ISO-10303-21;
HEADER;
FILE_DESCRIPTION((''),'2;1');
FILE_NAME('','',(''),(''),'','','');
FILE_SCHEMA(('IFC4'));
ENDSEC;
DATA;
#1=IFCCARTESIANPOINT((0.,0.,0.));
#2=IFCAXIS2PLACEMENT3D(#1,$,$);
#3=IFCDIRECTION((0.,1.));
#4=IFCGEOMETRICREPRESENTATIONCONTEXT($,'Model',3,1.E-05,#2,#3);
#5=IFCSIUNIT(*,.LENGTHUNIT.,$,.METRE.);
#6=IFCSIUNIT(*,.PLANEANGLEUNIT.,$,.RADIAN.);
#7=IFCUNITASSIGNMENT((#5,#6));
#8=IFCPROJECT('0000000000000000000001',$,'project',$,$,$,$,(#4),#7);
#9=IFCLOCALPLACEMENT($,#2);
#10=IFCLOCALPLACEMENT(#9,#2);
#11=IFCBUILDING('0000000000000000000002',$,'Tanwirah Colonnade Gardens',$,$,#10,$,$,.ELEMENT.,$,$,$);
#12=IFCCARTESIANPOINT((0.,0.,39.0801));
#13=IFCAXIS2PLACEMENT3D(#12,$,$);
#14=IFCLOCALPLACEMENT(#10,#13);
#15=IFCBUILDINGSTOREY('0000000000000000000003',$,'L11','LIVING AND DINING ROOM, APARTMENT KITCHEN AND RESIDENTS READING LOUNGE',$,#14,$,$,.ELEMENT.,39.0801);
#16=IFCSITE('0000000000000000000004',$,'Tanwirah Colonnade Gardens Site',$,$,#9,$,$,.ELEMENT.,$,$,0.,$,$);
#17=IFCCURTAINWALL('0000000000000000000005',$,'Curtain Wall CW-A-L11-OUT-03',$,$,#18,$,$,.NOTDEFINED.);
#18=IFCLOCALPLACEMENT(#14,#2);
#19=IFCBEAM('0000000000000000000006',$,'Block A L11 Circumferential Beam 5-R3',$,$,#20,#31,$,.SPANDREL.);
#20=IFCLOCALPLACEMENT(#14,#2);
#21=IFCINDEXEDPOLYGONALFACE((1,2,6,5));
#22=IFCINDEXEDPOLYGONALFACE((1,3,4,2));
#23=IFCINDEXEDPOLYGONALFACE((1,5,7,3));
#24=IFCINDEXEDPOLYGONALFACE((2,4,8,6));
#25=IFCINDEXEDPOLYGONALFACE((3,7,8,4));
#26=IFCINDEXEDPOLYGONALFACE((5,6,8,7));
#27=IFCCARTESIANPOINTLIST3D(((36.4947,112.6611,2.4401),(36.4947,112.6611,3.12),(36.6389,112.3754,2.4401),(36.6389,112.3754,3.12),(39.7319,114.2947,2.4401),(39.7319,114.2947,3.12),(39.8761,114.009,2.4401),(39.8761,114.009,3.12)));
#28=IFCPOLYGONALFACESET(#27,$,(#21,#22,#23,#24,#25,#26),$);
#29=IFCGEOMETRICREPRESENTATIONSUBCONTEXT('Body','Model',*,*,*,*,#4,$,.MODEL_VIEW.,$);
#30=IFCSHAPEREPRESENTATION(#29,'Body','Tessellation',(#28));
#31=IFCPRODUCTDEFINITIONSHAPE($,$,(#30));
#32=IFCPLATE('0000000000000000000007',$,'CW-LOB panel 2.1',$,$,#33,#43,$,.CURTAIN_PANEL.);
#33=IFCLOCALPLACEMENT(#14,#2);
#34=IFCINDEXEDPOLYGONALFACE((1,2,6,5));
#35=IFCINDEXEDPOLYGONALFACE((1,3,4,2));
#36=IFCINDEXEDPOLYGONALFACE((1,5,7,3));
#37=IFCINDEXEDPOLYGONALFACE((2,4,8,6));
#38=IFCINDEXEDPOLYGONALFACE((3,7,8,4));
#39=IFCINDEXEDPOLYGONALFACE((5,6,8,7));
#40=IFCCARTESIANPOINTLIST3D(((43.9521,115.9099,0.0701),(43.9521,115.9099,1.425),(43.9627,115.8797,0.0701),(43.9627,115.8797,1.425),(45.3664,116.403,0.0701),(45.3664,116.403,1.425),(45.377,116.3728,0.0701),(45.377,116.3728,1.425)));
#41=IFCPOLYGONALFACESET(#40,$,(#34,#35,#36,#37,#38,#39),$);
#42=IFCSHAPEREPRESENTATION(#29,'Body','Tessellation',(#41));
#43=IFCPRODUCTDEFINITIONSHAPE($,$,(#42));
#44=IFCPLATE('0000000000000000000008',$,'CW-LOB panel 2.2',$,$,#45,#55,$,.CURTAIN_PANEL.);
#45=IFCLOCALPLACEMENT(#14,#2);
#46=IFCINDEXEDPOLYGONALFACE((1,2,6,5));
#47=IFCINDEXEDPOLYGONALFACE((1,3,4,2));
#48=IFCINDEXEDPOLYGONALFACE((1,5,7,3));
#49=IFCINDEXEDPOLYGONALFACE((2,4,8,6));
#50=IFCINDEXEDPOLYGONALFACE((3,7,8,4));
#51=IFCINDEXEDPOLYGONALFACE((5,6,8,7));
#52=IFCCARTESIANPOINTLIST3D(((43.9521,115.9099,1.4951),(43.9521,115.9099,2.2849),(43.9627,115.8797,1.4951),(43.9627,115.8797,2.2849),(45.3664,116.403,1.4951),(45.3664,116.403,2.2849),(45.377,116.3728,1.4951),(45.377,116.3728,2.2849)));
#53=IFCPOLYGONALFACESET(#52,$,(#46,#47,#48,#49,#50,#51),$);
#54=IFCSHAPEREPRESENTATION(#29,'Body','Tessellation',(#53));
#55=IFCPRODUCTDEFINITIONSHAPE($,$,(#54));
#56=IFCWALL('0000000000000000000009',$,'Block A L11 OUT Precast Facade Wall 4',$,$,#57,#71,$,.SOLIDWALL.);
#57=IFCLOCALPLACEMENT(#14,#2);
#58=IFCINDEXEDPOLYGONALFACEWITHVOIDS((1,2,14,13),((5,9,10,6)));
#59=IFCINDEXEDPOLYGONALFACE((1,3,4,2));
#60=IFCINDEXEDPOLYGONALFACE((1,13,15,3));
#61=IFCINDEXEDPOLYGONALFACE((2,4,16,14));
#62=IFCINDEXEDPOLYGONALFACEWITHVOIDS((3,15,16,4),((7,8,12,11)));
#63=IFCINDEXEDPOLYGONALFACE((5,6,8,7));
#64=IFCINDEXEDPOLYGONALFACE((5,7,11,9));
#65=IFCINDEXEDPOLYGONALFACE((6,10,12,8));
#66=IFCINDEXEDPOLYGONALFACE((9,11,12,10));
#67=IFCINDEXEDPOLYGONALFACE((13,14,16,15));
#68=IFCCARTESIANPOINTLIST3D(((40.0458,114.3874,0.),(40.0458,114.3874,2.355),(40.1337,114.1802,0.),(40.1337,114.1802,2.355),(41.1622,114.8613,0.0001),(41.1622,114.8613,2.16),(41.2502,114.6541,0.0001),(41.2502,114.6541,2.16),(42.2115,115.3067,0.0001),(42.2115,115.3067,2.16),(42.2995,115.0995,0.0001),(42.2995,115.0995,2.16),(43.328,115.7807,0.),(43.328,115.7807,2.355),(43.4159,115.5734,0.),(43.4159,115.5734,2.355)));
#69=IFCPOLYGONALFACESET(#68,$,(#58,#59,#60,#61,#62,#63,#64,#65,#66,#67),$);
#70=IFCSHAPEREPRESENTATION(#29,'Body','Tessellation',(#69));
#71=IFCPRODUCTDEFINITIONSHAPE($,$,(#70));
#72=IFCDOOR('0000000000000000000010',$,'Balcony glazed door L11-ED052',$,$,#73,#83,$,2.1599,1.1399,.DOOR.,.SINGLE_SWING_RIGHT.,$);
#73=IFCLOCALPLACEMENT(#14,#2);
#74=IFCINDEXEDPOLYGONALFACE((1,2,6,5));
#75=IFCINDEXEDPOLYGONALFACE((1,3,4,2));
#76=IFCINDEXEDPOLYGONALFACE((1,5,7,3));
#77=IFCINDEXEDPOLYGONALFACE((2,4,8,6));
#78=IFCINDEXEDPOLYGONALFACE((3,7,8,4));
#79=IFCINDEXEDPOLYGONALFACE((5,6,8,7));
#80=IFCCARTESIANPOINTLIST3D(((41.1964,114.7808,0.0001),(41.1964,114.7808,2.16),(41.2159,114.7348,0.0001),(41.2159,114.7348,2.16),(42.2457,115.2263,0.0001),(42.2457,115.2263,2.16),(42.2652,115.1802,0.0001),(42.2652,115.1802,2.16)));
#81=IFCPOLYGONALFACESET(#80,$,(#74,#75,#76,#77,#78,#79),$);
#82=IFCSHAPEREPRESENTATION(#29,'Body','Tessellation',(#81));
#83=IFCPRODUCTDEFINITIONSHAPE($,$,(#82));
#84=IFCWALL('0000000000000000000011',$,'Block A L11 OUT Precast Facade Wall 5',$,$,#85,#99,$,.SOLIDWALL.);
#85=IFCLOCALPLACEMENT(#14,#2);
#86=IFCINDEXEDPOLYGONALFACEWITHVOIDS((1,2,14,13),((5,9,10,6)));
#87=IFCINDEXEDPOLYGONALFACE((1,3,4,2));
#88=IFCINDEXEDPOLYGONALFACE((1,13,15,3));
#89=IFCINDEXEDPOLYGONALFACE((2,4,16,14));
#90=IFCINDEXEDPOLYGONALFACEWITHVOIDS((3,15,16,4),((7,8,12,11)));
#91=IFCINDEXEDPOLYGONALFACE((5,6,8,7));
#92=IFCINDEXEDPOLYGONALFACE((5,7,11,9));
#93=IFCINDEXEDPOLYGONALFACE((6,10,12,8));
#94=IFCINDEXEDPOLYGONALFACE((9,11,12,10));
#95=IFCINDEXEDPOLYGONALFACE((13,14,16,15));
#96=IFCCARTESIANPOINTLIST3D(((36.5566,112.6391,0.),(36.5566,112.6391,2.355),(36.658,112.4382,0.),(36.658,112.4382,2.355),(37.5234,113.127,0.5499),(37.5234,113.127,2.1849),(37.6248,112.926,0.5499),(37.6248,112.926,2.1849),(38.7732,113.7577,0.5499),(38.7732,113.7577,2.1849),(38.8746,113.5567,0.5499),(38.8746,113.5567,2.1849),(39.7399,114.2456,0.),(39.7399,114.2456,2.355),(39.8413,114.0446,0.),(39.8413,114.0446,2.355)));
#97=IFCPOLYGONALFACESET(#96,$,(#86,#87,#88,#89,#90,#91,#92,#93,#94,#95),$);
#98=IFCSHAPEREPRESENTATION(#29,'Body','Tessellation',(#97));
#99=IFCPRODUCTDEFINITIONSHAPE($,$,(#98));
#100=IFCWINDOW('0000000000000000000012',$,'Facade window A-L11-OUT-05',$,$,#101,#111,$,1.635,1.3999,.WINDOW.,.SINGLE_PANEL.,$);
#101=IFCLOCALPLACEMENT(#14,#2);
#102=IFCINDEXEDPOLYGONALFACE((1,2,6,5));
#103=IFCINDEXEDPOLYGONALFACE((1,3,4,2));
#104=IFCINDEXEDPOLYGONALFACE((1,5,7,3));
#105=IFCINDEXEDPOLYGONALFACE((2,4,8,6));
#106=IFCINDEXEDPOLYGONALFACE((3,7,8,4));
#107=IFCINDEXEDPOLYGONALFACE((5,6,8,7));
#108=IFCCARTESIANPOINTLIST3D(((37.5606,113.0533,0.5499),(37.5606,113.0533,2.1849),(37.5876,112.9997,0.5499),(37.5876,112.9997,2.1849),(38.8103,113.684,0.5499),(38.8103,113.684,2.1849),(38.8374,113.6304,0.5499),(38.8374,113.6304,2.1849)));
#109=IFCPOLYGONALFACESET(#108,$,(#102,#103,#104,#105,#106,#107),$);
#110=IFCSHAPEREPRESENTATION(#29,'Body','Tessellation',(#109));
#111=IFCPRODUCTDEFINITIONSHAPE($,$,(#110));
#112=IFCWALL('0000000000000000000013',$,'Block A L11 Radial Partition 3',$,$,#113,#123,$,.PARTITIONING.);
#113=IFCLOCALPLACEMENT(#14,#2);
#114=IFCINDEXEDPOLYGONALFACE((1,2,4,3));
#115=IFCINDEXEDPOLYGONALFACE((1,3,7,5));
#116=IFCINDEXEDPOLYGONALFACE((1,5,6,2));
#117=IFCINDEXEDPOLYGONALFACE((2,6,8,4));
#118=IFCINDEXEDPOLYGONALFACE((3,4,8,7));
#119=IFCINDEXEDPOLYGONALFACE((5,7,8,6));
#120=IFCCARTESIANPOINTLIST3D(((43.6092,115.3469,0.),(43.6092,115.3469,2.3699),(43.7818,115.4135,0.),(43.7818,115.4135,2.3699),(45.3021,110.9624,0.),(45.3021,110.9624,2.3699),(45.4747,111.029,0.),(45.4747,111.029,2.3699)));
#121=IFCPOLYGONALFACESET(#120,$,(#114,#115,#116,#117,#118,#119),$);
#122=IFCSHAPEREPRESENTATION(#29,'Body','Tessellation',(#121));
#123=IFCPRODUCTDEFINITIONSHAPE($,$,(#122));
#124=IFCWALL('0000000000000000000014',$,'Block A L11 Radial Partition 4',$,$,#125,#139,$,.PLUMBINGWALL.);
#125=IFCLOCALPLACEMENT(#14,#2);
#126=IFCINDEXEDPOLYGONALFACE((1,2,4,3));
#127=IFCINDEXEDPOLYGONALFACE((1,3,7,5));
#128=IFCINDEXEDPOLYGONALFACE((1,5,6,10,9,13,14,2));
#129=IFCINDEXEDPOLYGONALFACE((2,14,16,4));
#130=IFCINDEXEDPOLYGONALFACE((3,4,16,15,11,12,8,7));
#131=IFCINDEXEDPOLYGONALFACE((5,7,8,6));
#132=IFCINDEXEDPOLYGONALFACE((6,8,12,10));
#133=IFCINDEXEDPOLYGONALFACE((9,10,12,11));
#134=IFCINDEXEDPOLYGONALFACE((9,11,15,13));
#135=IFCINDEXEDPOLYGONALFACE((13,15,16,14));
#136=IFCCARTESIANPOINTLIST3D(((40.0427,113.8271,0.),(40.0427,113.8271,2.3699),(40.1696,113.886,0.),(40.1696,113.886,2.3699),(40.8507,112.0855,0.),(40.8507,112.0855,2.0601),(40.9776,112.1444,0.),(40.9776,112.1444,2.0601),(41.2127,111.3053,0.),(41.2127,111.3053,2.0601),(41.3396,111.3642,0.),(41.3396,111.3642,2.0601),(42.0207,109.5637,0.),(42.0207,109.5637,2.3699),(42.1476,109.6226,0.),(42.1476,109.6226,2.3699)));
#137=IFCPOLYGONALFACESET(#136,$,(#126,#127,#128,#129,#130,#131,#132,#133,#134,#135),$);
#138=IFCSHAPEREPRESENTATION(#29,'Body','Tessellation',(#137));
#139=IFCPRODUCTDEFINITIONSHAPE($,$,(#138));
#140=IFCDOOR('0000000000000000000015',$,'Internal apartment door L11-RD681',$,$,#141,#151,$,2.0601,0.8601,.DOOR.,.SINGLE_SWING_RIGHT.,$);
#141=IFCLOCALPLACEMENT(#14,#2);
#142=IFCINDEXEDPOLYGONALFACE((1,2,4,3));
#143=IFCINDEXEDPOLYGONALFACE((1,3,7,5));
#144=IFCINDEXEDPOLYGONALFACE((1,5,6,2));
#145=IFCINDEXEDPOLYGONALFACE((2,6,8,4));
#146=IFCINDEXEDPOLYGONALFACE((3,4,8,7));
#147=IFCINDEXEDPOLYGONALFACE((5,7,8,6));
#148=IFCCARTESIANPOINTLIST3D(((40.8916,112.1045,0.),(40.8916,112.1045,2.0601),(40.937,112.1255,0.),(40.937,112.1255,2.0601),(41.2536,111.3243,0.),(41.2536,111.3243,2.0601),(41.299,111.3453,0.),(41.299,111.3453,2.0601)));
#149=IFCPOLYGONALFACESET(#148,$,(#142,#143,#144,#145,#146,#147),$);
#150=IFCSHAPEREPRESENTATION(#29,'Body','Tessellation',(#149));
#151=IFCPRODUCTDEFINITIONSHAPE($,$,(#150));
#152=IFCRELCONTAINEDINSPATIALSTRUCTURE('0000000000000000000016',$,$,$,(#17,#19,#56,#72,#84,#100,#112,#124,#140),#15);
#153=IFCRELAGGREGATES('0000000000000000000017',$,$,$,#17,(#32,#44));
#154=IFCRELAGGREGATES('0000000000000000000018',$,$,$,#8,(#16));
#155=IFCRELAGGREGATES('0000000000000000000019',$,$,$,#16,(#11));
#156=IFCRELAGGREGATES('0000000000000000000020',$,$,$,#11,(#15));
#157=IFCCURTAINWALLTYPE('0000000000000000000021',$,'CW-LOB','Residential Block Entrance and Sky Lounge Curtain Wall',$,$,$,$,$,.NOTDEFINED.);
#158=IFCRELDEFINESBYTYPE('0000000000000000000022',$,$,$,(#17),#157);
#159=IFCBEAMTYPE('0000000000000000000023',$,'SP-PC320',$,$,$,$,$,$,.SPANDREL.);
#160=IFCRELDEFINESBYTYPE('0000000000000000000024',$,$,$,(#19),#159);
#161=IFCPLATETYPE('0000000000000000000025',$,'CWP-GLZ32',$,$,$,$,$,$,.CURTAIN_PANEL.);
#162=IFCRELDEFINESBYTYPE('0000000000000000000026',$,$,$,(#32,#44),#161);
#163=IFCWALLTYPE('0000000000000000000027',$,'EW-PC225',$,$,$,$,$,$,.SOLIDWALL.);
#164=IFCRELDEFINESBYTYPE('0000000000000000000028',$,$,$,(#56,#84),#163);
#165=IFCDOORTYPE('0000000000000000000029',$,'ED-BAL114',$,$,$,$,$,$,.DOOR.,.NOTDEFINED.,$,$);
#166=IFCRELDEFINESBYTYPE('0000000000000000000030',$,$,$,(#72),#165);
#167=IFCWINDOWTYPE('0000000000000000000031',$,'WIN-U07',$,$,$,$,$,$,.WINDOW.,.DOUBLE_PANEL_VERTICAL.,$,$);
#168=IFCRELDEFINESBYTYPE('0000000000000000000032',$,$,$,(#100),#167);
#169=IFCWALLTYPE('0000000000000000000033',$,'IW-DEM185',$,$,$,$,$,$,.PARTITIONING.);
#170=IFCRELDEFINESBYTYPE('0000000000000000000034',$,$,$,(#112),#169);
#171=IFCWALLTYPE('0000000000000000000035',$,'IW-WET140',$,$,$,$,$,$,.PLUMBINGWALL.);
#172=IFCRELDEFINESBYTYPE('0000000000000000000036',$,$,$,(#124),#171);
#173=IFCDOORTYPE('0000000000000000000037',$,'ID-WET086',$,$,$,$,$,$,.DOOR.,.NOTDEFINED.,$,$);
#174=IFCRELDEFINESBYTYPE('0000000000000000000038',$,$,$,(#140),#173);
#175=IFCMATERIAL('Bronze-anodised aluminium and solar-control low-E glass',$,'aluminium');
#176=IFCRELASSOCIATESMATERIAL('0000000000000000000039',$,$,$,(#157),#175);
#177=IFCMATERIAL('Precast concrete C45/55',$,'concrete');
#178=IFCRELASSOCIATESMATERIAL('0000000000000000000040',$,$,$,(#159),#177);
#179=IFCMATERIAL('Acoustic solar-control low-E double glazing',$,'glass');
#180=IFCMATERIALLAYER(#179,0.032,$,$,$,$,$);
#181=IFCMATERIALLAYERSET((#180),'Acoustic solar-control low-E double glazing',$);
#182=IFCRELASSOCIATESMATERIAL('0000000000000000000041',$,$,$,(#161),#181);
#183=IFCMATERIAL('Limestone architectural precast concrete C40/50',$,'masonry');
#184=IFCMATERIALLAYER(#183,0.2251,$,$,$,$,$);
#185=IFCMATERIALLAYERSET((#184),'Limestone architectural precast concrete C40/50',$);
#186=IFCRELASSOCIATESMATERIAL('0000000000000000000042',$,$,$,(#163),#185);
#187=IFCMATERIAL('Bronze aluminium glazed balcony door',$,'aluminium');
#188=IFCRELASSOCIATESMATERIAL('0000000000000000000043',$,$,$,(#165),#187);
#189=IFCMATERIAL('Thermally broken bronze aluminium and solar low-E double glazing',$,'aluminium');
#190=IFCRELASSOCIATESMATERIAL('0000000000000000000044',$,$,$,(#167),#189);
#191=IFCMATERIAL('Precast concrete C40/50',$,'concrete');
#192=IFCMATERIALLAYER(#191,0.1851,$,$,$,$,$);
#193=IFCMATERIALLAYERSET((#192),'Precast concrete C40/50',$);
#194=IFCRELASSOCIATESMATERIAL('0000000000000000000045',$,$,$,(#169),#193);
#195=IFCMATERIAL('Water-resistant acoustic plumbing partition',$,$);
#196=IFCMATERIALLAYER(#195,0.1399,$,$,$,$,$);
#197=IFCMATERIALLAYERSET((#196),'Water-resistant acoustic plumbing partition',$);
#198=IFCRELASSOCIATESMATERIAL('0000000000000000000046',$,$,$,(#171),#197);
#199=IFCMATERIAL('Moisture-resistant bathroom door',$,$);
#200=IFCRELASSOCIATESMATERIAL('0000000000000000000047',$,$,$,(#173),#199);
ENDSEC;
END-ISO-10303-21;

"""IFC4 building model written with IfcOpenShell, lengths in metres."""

from ifc_helpers import new_model, si_unit, direction, frame, frame_2d, origin, origin_2d, place, context, subcontext, project, spatial, rectangle, extrude, material, layer, layer_set, material_profile, profile_set, type_object, element, fill, aggregate, save


model = new_model("IFC4")

# Units and contexts
model_context = context("Model", 3, precision=1e-05, world=origin(), true_north=direction((0.0, 1.0)))
body_context = subcontext(model_context, "Body", "Model", "MODEL_VIEW")
ifc_project = project(units=[si_unit("LENGTHUNIT", "METRE"), si_unit("PLANEANGLEUNIT", "RADIAN")], contexts=[model_context])

# Site, building, storey
site_placement = place(None, origin())
site = spatial("IfcSite", under=ifc_project, at=site_placement, Name="Tanwirah Colonnade Gardens Site", CompositionType="ELEMENT", RefElevation=0.0)
building_placement = place(site_placement, origin())
building = spatial("IfcBuilding", under=site, at=building_placement, Name="Tanwirah Colonnade Gardens", CompositionType="ELEMENT")
storey_placement = place(building_placement, frame((0.0, 0.0, 39.0801)))
storey = spatial("IfcBuildingStorey", under=building, at=storey_placement, Name="L11", Description="LIVING AND DINING ROOM, APARTMENT KITCHEN AND RESIDENTS READING LOUNGE", CompositionType="ELEMENT", Elevation=39.0801)

# Shared definitions
ifc_material_1 = material(Name="Precast concrete C40/50", Category="concrete")

# Shared definitions
ifc_material_2 = material(Name="Precast concrete C45/55", Category="concrete")

# Curtain wall
ifc_material_3 = material(Name="Bronze-anodised aluminium and solar-control low-E glass", Category="aluminium")
curtain_wall_type = type_object("IfcCurtainWallType", Name="CW-LOB", Description="Residential Block Entrance and Sky Lounge Curtain Wall", PredefinedType="NOTDEFINED", material=ifc_material_3)
curtain_wall_placement = place(storey_placement, origin())
curtain_wall = element("IfcCurtainWall", 1, at=curtain_wall_placement, inside=storey, type_object=curtain_wall_type, Name="Curtain Wall CW-A-L11-OUT-03", PredefinedType="NOTDEFINED")

# Beam
ifc_material_profile_1 = material_profile(ifc_material_2, rectangle(XDim=0.3201, YDim=0.6799, at=origin_2d()), Name="PC-SP 320x680")
ifc_profile_set_1 = profile_set([ifc_material_profile_1], Name="Precast concrete C45/55")
beam_type_1 = type_object("IfcBeamType", Name="SP-PC320", PredefinedType="SPANDREL", material=ifc_profile_set_1)
beam_1_placement = place(storey_placement, frame((39.804, 114.1519, 2.78), z_axis=(-0.892765, -0.450523, 0.0), x_axis=(0.450523, -0.892765, 0.0)))
element("IfcBeam", 2, at=beam_1_placement, inside=storey, type_object=beam_type_1, Name="Block A L11 Circumferential Beam 5-R3", PredefinedType="SPANDREL", context=body_context, shape_type="SweptSolid", body=[
    extrude(rectangle(XDim=0.3201, YDim=0.6799, at=origin_2d()), origin(), (0.0, 0.0, 1.0), 3.626),
])

# Plates
ifc_material_4 = material(Name="Acoustic solar-control low-E double glazing", Category="glass")
ifc_layer_1 = layer(ifc_material_4, 0.032)
ifc_layer_set_1 = layer_set([ifc_layer_1], Name="Acoustic solar-control low-E double glazing")
plate_type = type_object("IfcPlateType", Name="CWP-GLZ32", PredefinedType="CURTAIN_PANEL", material=ifc_layer_set_1)
plate_1_placement = place(storey_placement, frame((44.6646, 116.1414, 0.0701), z_axis=(0.0, 0.0, 1.0), x_axis=(-0.944249, -0.329233, 0.0)))
plate_1 = element("IfcPlate", 3, at=plate_1_placement, type_object=plate_type, Name="CW-LOB panel 2.1", PredefinedType="CURTAIN_PANEL", context=body_context, shape_type="SweptSolid", body=[
    extrude(rectangle(XDim=1.4978, YDim=0.032, at=origin_2d()), origin(), (0.0, 0.0, 1.0), 1.355),
])
plate_2_placement = place(storey_placement, frame((44.6646, 116.1414, 1.4951), z_axis=(0.0, 0.0, 1.0), x_axis=(-0.944249, -0.329233, 0.0)))
plate_2 = element("IfcPlate", 4, at=plate_2_placement, type_object=plate_type, Name="CW-LOB panel 2.2", PredefinedType="CURTAIN_PANEL", context=body_context, shape_type="SweptSolid", body=[
    extrude(rectangle(XDim=1.4978, YDim=0.032, at=origin_2d()), origin(), (0.0, 0.0, 1.0), 0.7898),
])
aggregate(curtain_wall, [plate_1, plate_2])

# Wall, opening, door
ifc_material_5 = material(Name="Limestone architectural precast concrete C40/50", Category="masonry")
ifc_layer_2 = layer(ifc_material_5, 0.2251)
ifc_layer_set_2 = layer_set([ifc_layer_2], Name="Limestone architectural precast concrete C40/50")
wall_type_1 = type_object("IfcWallType", Name="EW-PC225", PredefinedType="SOLIDWALL", material=ifc_layer_set_2)
wall_1_placement = place(storey_placement, frame((43.3718, 115.677, 0.0), z_axis=(0.0, 0.0, 1.0), x_axis=(-0.920496, -0.390752, 0.0)))
wall_1 = element("IfcWall", 5, at=wall_1_placement, inside=storey, type_object=wall_type_1, Name="Block A L11 OUT Precast Facade Wall 4", PredefinedType="SOLIDWALL", context=body_context, shape_type="SweptSolid", body=[
    extrude(rectangle(XDim=3.5657, YDim=0.2251, at=frame_2d((1.7827, 0.0))), origin(), (0.0, 0.0, 1.0), 2.355),
])
opening_1_placement = place(wall_1_placement, frame((1.2129, 0.0, 0.0)))
opening_1 = element("IfcOpeningElement", 6, at=opening_1_placement, cuts=wall_1, PredefinedType="OPENING", context=body_context, shape_type="SweptSolid", body=[
    extrude(rectangle(XDim=1.1399, YDim=2.1599, at=frame_2d((0.5698, 1.0801))), frame((0.0, 0.1226, 0.0), z_axis=(0.0, -1.0, 0.0), x_axis=(1.0, 0.0, 0.0)), (0.0, 0.0, 1.0), 0.2451),
])
ifc_material_6 = material(Name="Bronze aluminium glazed balcony door", Category="aluminium")
door_type_1 = type_object("IfcDoorType", Name="ED-BAL114", OperationType="NOTDEFINED", PredefinedType="DOOR", material=ifc_material_6)
door_1_placement = place(opening_1_placement, origin())
door_1 = element("IfcDoor", 7, at=door_1_placement, inside=storey, type_object=door_type_1, Name="Balcony glazed door L11-ED052", OperationType="SINGLE_SWING_RIGHT", OverallHeight=2.1599, OverallWidth=1.1399, PredefinedType="DOOR", context=body_context, shape_type="SweptSolid", body=[
    extrude(rectangle(XDim=1.1399, YDim=2.1599, at=frame_2d((0.5698, 1.0801))), frame((0.0, 0.0249, 0.0), z_axis=(0.0, -1.0, 0.0), x_axis=(1.0, 0.0, 0.0)), (0.0, 0.0, 1.0), 0.05),
])
fill(opening_1, door_1)

# Wall, opening, window
wall_2_placement = place(storey_placement, frame((39.7905, 114.145, 0.0), z_axis=(0.0, 0.0, 1.0), x_axis=(-0.892764, -0.450524, 0.0)))
wall_2 = element("IfcWall", 8, at=wall_2_placement, inside=storey, type_object=wall_type_1, Name="Block A L11 OUT Precast Facade Wall 5", PredefinedType="SOLIDWALL", context=body_context, shape_type="SweptSolid", body=[
    extrude(rectangle(XDim=3.5657, YDim=0.2251, at=frame_2d((1.7827, 0.0))), origin(), (0.0, 0.0, 1.0), 2.355),
])
opening_2_placement = place(wall_2_placement, frame((1.0828, 0.0, 0.55)))
opening_2 = element("IfcOpeningElement", 9, at=opening_2_placement, cuts=wall_2, PredefinedType="OPENING", context=body_context, shape_type="SweptSolid", body=[
    extrude(rectangle(XDim=1.3999, YDim=1.635, at=frame_2d((0.7, 0.8174))), frame((0.0, 0.1226, 0.0), z_axis=(0.0, -1.0, 0.0), x_axis=(1.0, 0.0, 0.0)), (0.0, 0.0, 1.0), 0.2451),
])
ifc_material_7 = material(Name="Thermally broken bronze aluminium and solar low-E double glazing", Category="aluminium")
window_type = type_object("IfcWindowType", Name="WIN-U07", PartitioningType="DOUBLE_PANEL_VERTICAL", PredefinedType="WINDOW", material=ifc_material_7)
window_placement = place(opening_2_placement, origin())
window = element("IfcWindow", 10, at=window_placement, inside=storey, type_object=window_type, Name="Facade window A-L11-OUT-05", OverallHeight=1.635, OverallWidth=1.3999, PartitioningType="SINGLE_PANEL", PredefinedType="WINDOW", context=body_context, shape_type="SweptSolid", body=[
    extrude(rectangle(XDim=1.3999, YDim=1.635, at=frame_2d((0.7, 0.8174))), frame((0.0, 0.03, 0.0), z_axis=(0.0, -1.0, 0.0), x_axis=(1.0, 0.0, 0.0)), (0.0, 0.0, 1.0), 0.0601),
])
fill(opening_2, window)

# Wall
ifc_layer_3 = layer(ifc_material_1, 0.1851)
ifc_layer_set_3 = layer_set([ifc_layer_3], Name="Precast concrete C40/50")
wall_type_2 = type_object("IfcWallType", Name="IW-DEM185", PredefinedType="PARTITIONING", material=ifc_layer_set_3)
wall_3_placement = place(storey_placement, frame((45.3884, 110.9956, 0.0), z_axis=(0.0, 0.0, 1.0), x_axis=(-0.360187, 0.93288, 0.0)))
element("IfcWall", 11, at=wall_3_placement, inside=storey, type_object=wall_type_2, Name="Block A L11 Radial Partition 3", PredefinedType="PARTITIONING", context=body_context, shape_type="SweptSolid", body=[
    extrude(rectangle(XDim=4.7, YDim=0.1851, at=frame_2d((2.3501, 0.0))), origin(), (0.0, 0.0, 1.0), 2.3699),
])

# Wall, opening, door
ifc_material_8 = material(Name="Water-resistant acoustic plumbing partition")
ifc_layer_4 = layer(ifc_material_8, 0.1399)
ifc_layer_set_4 = layer_set([ifc_layer_4], Name="Water-resistant acoustic plumbing partition")
wall_type_3 = type_object("IfcWallType", Name="IW-WET140", PredefinedType="PLUMBINGWALL", material=ifc_layer_set_4)
wall_4_placement = place(storey_placement, frame((42.0842, 109.593, 0.0), z_axis=(0.0, 0.0, 1.0), x_axis=(-0.420863, 0.907124, 0.0)))
wall_4 = element("IfcWall", 12, at=wall_4_placement, inside=storey, type_object=wall_type_3, Name="Block A L11 Radial Partition 4", PredefinedType="PLUMBINGWALL", context=body_context, shape_type="SweptSolid", body=[
    extrude(rectangle(XDim=4.7, YDim=0.1399, at=frame_2d((2.3501, 0.0))), origin(), (0.0, 0.0, 1.0), 2.3699),
])
opening_3_placement = place(wall_4_placement, frame((1.9199, 0.0, 0.0)))
opening_3 = element("IfcOpeningElement", 13, at=opening_3_placement, cuts=wall_4, PredefinedType="OPENING", context=body_context, shape_type="SweptSolid", body=[
    extrude(rectangle(XDim=0.8601, YDim=2.0601, at=frame_2d((0.4302, 1.03))), frame((0.0, 0.0798, 0.0), z_axis=(0.0, -1.0, 0.0), x_axis=(1.0, 0.0, 0.0)), (0.0, 0.0, 1.0), 0.1599),
])
ifc_material_9 = material(Name="Moisture-resistant bathroom door")
door_type_2 = type_object("IfcDoorType", Name="ID-WET086", OperationType="NOTDEFINED", PredefinedType="DOOR", material=ifc_material_9)
door_2_placement = place(opening_3_placement, origin())
door_2 = element("IfcDoor", 14, at=door_2_placement, inside=storey, type_object=door_type_2, Name="Internal apartment door L11-RD681", OperationType="SINGLE_SWING_RIGHT", OverallHeight=2.0601, OverallWidth=0.8601, PredefinedType="DOOR", context=body_context, shape_type="SweptSolid", body=[
    extrude(rectangle(XDim=0.8601, YDim=2.0601, at=frame_2d((0.4302, 1.03))), frame((0.0, 0.0249, 0.0), z_axis=(0.0, -1.0, 0.0), x_axis=(1.0, 0.0, 0.0)), (0.0, 0.0, 1.0), 0.05),
])
fill(opening_3, door_2)

save(model, "model.ifc")
